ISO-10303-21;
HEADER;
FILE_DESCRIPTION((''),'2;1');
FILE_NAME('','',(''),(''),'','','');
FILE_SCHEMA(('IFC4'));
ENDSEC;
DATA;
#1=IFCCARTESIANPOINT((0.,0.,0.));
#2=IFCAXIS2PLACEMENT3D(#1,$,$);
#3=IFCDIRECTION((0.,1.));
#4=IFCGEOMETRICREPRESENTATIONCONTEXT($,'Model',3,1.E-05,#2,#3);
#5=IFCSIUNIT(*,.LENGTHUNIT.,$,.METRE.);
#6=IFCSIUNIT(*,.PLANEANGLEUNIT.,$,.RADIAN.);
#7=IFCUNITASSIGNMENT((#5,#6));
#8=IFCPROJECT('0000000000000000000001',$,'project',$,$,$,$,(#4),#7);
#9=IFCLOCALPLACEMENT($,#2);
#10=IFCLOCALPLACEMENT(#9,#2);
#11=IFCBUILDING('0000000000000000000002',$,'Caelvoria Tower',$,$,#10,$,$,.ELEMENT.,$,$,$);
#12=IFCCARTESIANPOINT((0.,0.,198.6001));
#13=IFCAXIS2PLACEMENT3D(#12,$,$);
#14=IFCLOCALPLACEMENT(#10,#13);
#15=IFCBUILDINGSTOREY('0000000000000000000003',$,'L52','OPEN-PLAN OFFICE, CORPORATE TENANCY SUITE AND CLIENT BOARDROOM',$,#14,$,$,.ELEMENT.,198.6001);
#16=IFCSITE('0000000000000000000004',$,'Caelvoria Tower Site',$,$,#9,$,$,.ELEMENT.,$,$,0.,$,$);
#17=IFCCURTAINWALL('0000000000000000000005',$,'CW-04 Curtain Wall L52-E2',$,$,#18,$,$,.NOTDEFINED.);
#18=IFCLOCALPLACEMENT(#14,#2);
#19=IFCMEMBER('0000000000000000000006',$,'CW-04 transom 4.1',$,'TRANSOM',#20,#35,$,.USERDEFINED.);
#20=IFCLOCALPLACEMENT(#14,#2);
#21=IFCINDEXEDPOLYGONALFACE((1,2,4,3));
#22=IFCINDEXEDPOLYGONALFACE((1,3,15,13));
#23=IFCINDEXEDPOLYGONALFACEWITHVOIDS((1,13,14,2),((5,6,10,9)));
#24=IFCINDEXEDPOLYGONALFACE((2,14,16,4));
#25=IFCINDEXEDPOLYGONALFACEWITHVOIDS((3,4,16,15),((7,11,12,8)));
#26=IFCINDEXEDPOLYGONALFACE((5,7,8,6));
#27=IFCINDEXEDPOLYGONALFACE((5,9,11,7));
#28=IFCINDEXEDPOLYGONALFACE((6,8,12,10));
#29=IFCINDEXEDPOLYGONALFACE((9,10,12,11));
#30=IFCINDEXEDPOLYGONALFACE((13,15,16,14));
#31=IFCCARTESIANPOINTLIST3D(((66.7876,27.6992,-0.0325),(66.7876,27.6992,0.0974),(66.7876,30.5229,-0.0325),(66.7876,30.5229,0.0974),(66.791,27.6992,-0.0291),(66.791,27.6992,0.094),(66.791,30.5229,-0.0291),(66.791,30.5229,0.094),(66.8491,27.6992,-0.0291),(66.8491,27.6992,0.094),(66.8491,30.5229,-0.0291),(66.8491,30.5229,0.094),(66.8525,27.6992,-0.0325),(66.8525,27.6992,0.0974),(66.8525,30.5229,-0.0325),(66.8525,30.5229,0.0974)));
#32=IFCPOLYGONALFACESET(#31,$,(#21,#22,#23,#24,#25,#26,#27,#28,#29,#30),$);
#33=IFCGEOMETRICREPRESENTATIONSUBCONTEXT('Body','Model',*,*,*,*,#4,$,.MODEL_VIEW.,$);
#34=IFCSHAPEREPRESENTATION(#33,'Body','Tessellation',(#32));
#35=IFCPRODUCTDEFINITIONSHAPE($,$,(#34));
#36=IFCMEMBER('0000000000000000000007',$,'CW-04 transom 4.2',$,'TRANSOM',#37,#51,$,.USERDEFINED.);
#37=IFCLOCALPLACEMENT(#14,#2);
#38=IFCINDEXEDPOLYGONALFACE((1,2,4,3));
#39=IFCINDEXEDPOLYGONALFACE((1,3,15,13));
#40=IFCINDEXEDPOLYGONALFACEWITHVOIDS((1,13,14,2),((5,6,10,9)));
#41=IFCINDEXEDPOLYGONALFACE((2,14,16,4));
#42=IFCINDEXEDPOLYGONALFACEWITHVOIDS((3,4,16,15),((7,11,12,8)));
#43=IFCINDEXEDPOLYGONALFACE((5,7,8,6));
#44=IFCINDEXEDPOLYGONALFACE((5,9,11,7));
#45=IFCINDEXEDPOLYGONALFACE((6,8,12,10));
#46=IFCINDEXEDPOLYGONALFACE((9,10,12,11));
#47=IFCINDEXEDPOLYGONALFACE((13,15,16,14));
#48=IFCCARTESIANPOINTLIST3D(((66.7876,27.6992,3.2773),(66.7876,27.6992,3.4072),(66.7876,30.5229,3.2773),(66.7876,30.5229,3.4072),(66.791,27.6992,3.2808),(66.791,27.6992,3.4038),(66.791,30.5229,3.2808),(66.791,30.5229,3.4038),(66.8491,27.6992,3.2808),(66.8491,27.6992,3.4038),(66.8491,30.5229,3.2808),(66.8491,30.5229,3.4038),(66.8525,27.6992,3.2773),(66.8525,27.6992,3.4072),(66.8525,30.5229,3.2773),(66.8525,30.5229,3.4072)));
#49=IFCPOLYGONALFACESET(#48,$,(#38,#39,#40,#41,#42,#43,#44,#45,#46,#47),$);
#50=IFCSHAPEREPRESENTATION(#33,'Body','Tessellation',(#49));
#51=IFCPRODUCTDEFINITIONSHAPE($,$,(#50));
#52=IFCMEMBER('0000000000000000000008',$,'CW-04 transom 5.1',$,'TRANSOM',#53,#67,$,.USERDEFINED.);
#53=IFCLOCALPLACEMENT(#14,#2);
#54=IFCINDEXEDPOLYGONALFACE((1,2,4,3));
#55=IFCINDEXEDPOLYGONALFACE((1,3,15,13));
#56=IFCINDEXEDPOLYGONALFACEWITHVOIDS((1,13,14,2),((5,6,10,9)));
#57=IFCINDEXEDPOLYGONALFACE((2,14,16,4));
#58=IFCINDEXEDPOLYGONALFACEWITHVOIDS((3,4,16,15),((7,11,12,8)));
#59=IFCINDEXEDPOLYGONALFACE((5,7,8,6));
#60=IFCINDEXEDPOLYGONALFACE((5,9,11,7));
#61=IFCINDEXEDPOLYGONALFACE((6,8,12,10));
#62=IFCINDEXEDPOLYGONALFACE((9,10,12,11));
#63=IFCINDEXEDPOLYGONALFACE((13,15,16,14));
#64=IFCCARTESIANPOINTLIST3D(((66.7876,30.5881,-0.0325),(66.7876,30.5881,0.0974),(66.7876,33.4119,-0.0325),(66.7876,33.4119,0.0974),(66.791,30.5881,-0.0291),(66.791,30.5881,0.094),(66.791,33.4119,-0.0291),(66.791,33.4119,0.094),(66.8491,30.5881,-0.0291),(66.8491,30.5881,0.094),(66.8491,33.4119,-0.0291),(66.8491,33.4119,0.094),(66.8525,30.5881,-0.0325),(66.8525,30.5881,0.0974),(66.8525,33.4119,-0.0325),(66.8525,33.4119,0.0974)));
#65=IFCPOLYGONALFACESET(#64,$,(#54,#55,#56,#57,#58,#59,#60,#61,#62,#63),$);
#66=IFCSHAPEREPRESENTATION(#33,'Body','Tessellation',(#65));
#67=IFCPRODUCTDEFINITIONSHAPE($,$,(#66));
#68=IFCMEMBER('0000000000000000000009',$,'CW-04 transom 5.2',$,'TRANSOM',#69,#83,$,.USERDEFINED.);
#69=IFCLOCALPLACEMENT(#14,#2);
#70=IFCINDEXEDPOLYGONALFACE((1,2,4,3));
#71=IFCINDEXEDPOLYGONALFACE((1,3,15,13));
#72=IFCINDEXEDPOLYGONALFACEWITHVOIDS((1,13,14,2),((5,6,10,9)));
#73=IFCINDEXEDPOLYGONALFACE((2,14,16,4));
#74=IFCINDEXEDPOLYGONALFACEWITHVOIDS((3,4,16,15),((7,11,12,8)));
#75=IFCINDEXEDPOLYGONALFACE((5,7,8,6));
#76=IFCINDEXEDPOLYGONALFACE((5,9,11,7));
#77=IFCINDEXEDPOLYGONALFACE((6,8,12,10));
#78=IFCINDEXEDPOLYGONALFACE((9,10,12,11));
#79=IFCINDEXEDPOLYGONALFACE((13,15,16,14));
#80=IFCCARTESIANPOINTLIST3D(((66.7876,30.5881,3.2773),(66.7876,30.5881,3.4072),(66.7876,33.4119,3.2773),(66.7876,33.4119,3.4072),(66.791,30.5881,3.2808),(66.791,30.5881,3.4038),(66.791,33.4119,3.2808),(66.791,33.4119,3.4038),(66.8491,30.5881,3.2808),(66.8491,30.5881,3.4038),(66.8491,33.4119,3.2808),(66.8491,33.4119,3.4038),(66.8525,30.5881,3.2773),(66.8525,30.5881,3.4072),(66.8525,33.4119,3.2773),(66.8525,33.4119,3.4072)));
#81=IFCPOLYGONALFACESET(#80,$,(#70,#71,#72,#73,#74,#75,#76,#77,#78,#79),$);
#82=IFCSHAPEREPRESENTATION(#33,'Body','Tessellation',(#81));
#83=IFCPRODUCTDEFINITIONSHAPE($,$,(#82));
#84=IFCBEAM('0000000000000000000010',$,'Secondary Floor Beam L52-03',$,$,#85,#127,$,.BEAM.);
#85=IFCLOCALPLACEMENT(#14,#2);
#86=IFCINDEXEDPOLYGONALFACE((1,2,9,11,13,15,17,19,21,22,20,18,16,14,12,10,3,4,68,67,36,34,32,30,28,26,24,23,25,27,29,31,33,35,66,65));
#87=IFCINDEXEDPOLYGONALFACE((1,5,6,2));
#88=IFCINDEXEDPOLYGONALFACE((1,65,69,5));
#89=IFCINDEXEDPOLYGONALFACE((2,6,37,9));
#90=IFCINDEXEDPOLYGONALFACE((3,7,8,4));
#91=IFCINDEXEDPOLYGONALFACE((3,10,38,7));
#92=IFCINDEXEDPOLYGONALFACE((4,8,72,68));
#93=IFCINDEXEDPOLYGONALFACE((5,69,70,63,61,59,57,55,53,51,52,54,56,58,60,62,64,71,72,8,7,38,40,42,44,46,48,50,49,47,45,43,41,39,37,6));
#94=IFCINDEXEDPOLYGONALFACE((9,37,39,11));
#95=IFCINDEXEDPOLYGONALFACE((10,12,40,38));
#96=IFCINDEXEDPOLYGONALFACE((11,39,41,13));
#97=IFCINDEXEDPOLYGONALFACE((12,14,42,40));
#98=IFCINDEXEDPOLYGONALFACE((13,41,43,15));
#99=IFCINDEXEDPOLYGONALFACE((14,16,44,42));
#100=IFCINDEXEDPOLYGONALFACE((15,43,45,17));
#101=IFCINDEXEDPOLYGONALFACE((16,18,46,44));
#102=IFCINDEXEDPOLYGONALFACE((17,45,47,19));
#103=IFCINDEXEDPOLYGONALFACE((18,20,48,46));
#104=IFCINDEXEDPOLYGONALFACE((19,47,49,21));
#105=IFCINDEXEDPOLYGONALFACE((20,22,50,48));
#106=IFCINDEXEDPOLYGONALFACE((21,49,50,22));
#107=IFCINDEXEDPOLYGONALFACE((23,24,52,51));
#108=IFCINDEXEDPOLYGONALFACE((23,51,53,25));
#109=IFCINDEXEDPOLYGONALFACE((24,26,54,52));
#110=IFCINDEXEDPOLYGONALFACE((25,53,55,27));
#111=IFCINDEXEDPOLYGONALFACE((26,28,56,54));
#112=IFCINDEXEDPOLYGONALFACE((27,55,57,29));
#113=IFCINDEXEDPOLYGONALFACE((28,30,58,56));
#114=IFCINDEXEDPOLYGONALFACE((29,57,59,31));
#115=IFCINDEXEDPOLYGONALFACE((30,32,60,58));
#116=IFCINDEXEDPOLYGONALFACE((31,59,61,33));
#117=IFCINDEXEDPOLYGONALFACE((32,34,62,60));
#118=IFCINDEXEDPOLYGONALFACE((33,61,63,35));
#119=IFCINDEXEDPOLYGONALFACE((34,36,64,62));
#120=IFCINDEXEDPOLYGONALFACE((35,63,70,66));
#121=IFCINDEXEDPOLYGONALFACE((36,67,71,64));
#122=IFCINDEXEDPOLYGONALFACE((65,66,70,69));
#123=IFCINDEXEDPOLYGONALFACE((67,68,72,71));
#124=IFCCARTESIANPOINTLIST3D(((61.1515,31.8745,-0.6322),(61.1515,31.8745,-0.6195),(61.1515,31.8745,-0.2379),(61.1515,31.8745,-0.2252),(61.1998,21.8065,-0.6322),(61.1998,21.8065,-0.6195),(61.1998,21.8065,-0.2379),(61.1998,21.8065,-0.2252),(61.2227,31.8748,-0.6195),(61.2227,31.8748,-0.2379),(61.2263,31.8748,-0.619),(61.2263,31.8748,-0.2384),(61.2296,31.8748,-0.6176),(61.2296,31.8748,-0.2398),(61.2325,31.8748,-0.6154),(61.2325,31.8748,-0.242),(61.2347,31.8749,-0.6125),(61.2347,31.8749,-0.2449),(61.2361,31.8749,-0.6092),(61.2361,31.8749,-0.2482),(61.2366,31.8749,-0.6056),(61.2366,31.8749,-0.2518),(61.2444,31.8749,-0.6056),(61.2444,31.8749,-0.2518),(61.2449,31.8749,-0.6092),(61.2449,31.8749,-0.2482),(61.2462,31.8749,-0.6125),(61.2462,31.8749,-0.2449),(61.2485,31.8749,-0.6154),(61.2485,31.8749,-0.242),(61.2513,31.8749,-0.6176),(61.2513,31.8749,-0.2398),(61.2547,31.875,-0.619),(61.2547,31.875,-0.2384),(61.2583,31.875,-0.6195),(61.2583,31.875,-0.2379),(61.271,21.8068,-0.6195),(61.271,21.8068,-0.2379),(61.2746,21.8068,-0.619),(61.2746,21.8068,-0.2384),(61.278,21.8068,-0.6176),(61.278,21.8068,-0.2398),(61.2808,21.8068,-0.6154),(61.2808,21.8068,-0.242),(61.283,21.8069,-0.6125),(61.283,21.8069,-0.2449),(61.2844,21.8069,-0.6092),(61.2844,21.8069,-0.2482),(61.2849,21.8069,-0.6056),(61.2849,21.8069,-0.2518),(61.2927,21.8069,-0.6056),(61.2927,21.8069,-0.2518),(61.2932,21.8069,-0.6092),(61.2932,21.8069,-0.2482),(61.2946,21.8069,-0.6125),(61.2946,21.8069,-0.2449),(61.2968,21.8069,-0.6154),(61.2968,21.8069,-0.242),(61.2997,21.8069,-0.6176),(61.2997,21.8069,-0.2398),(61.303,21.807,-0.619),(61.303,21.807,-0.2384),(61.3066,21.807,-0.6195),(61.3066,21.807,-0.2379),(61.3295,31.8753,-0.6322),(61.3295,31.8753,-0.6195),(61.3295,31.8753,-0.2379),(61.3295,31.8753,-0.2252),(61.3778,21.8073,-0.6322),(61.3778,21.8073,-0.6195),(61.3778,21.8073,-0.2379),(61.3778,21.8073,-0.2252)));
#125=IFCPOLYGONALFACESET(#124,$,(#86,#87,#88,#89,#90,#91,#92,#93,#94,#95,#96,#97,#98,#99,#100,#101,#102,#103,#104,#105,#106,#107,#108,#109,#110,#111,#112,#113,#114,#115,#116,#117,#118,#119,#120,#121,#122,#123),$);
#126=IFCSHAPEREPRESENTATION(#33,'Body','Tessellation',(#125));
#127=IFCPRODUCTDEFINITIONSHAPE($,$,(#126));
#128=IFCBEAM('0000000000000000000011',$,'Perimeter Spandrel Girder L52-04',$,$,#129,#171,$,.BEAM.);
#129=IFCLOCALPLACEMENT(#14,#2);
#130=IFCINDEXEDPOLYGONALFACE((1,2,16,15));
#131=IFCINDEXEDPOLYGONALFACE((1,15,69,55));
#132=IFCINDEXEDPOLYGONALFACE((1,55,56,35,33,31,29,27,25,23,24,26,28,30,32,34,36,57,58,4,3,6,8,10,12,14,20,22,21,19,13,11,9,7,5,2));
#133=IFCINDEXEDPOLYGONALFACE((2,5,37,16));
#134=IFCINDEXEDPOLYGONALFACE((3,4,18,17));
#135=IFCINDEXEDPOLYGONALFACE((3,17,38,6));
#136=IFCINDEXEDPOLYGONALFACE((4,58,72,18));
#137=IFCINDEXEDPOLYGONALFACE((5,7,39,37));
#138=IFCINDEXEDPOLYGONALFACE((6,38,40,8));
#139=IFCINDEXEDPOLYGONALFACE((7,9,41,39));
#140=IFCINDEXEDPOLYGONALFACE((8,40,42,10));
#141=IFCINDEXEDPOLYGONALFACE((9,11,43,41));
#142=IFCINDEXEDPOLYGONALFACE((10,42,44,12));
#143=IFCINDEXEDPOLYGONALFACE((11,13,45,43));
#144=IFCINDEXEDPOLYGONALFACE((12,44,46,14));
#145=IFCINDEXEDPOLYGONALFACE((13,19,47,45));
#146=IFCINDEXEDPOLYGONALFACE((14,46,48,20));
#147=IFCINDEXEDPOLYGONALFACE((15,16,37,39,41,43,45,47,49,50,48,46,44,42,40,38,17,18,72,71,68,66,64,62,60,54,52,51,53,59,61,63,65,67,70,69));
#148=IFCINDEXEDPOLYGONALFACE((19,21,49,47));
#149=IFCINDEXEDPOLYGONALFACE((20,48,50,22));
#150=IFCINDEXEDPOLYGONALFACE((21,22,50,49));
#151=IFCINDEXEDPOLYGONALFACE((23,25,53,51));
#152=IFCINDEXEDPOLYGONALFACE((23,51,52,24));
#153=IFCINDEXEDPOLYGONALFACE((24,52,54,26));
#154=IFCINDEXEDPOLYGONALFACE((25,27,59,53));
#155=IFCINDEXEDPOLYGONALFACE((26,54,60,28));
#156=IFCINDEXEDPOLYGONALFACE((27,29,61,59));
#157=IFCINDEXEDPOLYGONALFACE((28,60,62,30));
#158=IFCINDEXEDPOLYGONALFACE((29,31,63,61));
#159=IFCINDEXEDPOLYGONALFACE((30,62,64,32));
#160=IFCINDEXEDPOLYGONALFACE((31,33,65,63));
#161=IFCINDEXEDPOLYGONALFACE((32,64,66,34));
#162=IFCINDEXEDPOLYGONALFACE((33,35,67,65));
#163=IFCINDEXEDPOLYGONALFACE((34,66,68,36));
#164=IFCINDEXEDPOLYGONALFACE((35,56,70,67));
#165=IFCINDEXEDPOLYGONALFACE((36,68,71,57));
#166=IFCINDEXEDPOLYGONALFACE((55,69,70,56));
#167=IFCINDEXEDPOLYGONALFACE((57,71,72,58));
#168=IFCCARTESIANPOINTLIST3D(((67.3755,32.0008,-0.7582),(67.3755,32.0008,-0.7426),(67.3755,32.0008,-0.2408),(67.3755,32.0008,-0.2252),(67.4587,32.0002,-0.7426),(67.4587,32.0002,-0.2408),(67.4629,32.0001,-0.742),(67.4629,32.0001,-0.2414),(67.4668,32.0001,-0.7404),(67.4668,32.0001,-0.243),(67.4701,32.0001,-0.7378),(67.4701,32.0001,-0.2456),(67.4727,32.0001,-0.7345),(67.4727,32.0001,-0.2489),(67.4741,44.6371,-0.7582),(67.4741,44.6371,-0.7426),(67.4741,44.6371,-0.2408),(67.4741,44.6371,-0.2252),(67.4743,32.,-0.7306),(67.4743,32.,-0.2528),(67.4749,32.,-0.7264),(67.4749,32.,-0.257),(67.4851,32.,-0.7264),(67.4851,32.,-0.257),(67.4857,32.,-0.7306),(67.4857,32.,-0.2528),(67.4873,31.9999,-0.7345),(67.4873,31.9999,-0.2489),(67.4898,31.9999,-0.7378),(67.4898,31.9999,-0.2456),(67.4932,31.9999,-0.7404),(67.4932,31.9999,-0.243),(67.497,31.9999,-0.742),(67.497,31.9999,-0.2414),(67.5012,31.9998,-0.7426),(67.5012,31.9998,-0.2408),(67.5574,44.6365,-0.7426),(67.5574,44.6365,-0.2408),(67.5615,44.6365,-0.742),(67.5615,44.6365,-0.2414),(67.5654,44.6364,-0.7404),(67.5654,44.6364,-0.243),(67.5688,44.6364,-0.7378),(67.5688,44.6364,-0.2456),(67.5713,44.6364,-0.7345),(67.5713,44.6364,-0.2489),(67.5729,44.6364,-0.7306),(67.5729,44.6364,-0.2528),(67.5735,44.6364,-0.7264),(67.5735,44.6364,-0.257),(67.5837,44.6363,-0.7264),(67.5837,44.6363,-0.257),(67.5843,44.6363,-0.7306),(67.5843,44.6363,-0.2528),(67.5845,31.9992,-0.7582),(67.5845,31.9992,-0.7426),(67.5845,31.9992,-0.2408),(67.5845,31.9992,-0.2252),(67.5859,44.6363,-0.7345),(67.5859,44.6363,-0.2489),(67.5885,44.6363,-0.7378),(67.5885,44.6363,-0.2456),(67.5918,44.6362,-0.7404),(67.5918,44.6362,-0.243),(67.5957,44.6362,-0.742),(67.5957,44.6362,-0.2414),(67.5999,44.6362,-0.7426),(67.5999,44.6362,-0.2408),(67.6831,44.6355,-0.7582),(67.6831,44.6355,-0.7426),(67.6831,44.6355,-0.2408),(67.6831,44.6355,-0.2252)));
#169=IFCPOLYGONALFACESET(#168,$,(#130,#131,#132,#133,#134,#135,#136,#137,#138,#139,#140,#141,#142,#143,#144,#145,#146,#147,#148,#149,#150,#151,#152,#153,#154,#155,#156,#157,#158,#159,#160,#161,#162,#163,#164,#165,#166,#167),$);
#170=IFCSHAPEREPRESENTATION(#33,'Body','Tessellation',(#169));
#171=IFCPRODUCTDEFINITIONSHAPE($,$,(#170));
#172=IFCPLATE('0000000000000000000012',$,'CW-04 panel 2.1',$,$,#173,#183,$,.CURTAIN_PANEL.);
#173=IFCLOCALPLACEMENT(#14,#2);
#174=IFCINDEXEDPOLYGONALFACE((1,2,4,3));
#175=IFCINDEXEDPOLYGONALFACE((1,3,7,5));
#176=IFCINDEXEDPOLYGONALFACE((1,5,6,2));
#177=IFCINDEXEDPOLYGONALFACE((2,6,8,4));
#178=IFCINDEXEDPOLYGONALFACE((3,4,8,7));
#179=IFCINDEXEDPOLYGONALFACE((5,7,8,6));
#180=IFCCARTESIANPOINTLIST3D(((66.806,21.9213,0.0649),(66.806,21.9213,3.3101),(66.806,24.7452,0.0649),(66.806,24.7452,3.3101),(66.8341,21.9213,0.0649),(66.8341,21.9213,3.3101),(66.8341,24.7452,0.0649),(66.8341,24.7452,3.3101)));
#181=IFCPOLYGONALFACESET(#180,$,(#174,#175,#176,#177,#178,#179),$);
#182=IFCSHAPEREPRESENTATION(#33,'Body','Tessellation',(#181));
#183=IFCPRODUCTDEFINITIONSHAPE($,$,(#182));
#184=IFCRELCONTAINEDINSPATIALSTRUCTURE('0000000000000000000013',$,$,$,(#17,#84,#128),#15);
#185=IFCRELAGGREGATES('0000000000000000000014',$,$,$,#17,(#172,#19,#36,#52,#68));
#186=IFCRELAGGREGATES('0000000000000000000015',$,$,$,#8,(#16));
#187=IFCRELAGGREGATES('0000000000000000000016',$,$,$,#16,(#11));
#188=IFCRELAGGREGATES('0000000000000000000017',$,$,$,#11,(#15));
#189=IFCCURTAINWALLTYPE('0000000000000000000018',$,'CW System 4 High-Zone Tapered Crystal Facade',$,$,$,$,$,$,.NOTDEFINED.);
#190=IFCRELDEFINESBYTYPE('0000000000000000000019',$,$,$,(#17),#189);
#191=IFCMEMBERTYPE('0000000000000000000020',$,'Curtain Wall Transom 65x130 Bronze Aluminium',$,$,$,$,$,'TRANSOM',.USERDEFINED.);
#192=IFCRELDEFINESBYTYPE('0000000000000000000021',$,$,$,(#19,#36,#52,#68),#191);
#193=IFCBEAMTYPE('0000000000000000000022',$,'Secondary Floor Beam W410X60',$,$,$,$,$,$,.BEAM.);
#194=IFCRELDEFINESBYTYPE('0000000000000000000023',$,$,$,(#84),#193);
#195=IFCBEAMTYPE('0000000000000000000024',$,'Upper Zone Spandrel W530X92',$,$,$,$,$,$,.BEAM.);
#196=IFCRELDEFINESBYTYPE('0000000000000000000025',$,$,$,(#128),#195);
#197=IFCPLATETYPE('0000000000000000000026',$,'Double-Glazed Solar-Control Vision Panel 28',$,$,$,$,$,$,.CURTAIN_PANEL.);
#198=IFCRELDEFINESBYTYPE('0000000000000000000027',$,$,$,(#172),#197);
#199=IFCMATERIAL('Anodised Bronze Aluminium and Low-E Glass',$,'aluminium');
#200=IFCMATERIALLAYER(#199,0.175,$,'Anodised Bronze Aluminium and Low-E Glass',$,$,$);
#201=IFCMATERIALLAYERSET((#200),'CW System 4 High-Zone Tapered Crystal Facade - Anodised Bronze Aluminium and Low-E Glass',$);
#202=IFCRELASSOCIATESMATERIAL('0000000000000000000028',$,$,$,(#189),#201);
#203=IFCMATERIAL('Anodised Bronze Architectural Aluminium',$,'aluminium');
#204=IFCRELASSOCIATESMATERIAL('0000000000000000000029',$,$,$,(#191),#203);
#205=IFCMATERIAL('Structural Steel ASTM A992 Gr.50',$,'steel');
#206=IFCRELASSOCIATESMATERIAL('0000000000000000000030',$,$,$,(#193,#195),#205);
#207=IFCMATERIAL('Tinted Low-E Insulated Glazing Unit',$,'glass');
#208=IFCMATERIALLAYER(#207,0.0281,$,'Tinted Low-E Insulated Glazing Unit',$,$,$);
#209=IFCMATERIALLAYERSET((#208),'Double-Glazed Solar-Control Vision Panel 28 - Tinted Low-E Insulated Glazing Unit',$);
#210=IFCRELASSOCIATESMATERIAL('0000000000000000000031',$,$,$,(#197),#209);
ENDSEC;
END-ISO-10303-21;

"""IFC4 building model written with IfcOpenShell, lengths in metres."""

from ifc_helpers import new_model, si_unit, direction, frame, origin, origin_2d, place, context, subcontext, project, spatial, rectangle, hollow_rectangle, i_section, extrude, material, layer, layer_set, material_profile, profile_set, type_object, element, aggregate, save


model = new_model("IFC4")

# Units and contexts
model_context = context("Model", 3, precision=1e-05, world=origin(), true_north=direction((0.0, 1.0)))
body_context = subcontext(model_context, "Body", "Model", "MODEL_VIEW")
ifc_project = project(units=[si_unit("LENGTHUNIT", "METRE"), si_unit("PLANEANGLEUNIT", "RADIAN")], contexts=[model_context])

# Site, building, storey
site_placement = place(None, origin())
site = spatial("IfcSite", under=ifc_project, at=site_placement, Name="Caelvoria Tower Site", CompositionType="ELEMENT", RefElevation=0.0)
building_placement = place(site_placement, origin())
building = spatial("IfcBuilding", under=site, at=building_placement, Name="Caelvoria Tower", CompositionType="ELEMENT")
storey_placement = place(building_placement, frame((0.0, 0.0, 198.6001)))
storey = spatial("IfcBuildingStorey", under=building, at=storey_placement, Name="L52", Description="OPEN-PLAN OFFICE, CORPORATE TENANCY SUITE AND CLIENT BOARDROOM", CompositionType="ELEMENT", Elevation=198.6001)

# Shared definitions
ifc_material_1 = material(Name="Structural Steel ASTM A992 Gr.50", Category="steel")

# Curtain wall, members
ifc_material_2 = material(Name="Anodised Bronze Aluminium and Low-E Glass", Category="aluminium")
ifc_layer_1 = layer(ifc_material_2, 0.175, Name="Anodised Bronze Aluminium and Low-E Glass")
ifc_layer_set_1 = layer_set([ifc_layer_1], Name="CW System 4 High-Zone Tapered Crystal Facade - Anodised Bronze Aluminium and Low-E Glass")
curtain_wall_type = type_object("IfcCurtainWallType", Name="CW System 4 High-Zone Tapered Crystal Facade", PredefinedType="NOTDEFINED", material=ifc_layer_set_1)
curtain_wall_placement = place(storey_placement, origin())
curtain_wall = element("IfcCurtainWall", 1, at=curtain_wall_placement, inside=storey, type_object=curtain_wall_type, Name="CW-04 Curtain Wall L52-E2", PredefinedType="NOTDEFINED")
ifc_material_3 = material(Name="Anodised Bronze Architectural Aluminium", Category="aluminium")
ifc_material_profile_1 = material_profile(ifc_material_3, hollow_rectangle(XDim=0.0649, YDim=0.1299, WallThickness=0.0034, at=origin_2d()), Name="Anodised Bronze Architectural Aluminium")
ifc_profile_set_1 = profile_set([ifc_material_profile_1], Name="CW_TRAN_65X130 - Anodised Bronze Architectural Aluminium")
member_type_1 = type_object("IfcMemberType", Name="Curtain Wall Transom 65x130 Bronze Aluminium", ElementType="TRANSOM", PredefinedType="USERDEFINED", material=ifc_profile_set_1)
member_1_placement = place(storey_placement, frame((66.8201, 27.6992, 0.0325), z_axis=(0.0, 1.0, 0.0), x_axis=(-1.0, 0.0, 0.0)))
member_1 = element("IfcMember", 2, at=member_1_placement, type_object=member_type_1, Name="CW-04 transom 4.1", ObjectType="TRANSOM", PredefinedType="USERDEFINED", context=body_context, shape_type="SweptSolid", body=[
    extrude(hollow_rectangle(XDim=0.0649, YDim=0.1299, WallThickness=0.0034, at=origin_2d()), origin(), (0.0, 0.0, 1.0), 2.8237),
])
member_2_placement = place(storey_placement, frame((66.8201, 27.6992, 3.3423), z_axis=(0.0, 1.0, 0.0), x_axis=(-1.0, 0.0, 0.0)))
member_2 = element("IfcMember", 3, at=member_2_placement, type_object=member_type_1, Name="CW-04 transom 4.2", ObjectType="TRANSOM", PredefinedType="USERDEFINED", context=body_context, shape_type="SweptSolid", body=[
    extrude(hollow_rectangle(XDim=0.0649, YDim=0.1299, WallThickness=0.0034, at=origin_2d()), origin(), (0.0, 0.0, 1.0), 2.8237),
])
member_3_placement = place(storey_placement, frame((66.8201, 30.5881, 0.0325), z_axis=(0.0, 1.0, 0.0), x_axis=(-1.0, 0.0, 0.0)))
member_3 = element("IfcMember", 4, at=member_3_placement, type_object=member_type_1, Name="CW-04 transom 5.1", ObjectType="TRANSOM", PredefinedType="USERDEFINED", context=body_context, shape_type="SweptSolid", body=[
    extrude(hollow_rectangle(XDim=0.0649, YDim=0.1299, WallThickness=0.0034, at=origin_2d()), origin(), (0.0, 0.0, 1.0), 2.8237),
])
member_4_placement = place(storey_placement, frame((66.8201, 30.5881, 3.3423), z_axis=(0.0, 1.0, 0.0), x_axis=(-1.0, 0.0, 0.0)))
member_4 = element("IfcMember", 5, at=member_4_placement, type_object=member_type_1, Name="CW-04 transom 5.2", ObjectType="TRANSOM", PredefinedType="USERDEFINED", context=body_context, shape_type="SweptSolid", body=[
    extrude(hollow_rectangle(XDim=0.0649, YDim=0.1299, WallThickness=0.0034, at=origin_2d()), origin(), (0.0, 0.0, 1.0), 2.8237),
])

# Beams
ifc_material_profile_2 = material_profile(ifc_material_1, i_section(OverallWidth=0.178, OverallDepth=0.407, WebThickness=0.0078, FlangeThickness=0.0127, FilletRadius=0.0139, at=origin_2d()), Name="Structural Steel ASTM A992 Gr.50")
ifc_profile_set_2 = profile_set([ifc_material_profile_2], Name="W410X60 - Structural Steel ASTM A992 Gr.50")
beam_type_1 = type_object("IfcBeamType", Name="Secondary Floor Beam W410X60", PredefinedType="BEAM", material=ifc_profile_set_2)
beam_1_placement = place(storey_placement, frame((61.2888, 21.8069, -0.4287), z_axis=(-0.004801, 0.999988, 0.0), x_axis=(-0.999988, -0.004801, 0.0)))
element("IfcBeam", 6, at=beam_1_placement, inside=storey, type_object=beam_type_1, Name="Secondary Floor Beam L52-03", PredefinedType="BEAM", context=body_context, shape_type="SweptSolid", body=[
    extrude(i_section(OverallWidth=0.178, OverallDepth=0.407, WebThickness=0.0078, FlangeThickness=0.0127, FilletRadius=0.0139, at=origin_2d()), origin(), (0.0, 0.0, 1.0), 10.0681),
])
ifc_material_profile_3 = material_profile(ifc_material_1, i_section(OverallWidth=0.209, OverallDepth=0.533, WebThickness=0.0103, FlangeThickness=0.0156, FilletRadius=0.0161, at=origin_2d()), Name="Structural Steel ASTM A992 Gr.50")
ifc_profile_set_3 = profile_set([ifc_material_profile_3], Name="W530X92 - Structural Steel ASTM A992 Gr.50")
beam_type_2 = type_object("IfcBeamType", Name="Upper Zone Spandrel W530X92", PredefinedType="BEAM", material=ifc_profile_set_3)
beam_2_placement = place(storey_placement, frame((67.48, 32.0, -0.4917), z_axis=(0.007805, 0.99997, 0.0), x_axis=(-0.99997, 0.007805, 0.0)))
element("IfcBeam", 7, at=beam_2_placement, inside=storey, type_object=beam_type_2, Name="Perimeter Spandrel Girder L52-04", PredefinedType="BEAM", context=body_context, shape_type="SweptSolid", body=[
    extrude(i_section(OverallWidth=0.209, OverallDepth=0.533, WebThickness=0.0103, FlangeThickness=0.0156, FilletRadius=0.0161, at=origin_2d()), origin(), (0.0, 0.0, 1.0), 12.6367),
])

# Plate
ifc_material_4 = material(Name="Tinted Low-E Insulated Glazing Unit", Category="glass")
ifc_layer_2 = layer(ifc_material_4, 0.0281, Name="Tinted Low-E Insulated Glazing Unit")
ifc_layer_set_2 = layer_set([ifc_layer_2], Name="Double-Glazed Solar-Control Vision Panel 28 - Tinted Low-E Insulated Glazing Unit")
plate_type_1 = type_object("IfcPlateType", Name="Double-Glazed Solar-Control Vision Panel 28", PredefinedType="CURTAIN_PANEL", material=ifc_layer_set_2)
plate_1_placement = place(storey_placement, frame((66.8201, 23.3333, 0.0649), z_axis=(0.0, 0.0, 1.0), x_axis=(0.0, 1.0, 0.0)))
plate_1 = element("IfcPlate", 8, at=plate_1_placement, type_object=plate_type_1, Name="CW-04 panel 2.1", PredefinedType="CURTAIN_PANEL", context=body_context, shape_type="SweptSolid", body=[
    extrude(rectangle(XDim=2.824, YDim=0.0281, at=origin_2d()), origin(), (0.0, 0.0, 1.0), 3.2451),
])
aggregate(curtain_wall, [plate_1, member_1, member_2, member_3, member_4])

save(model, "model.ifc")
